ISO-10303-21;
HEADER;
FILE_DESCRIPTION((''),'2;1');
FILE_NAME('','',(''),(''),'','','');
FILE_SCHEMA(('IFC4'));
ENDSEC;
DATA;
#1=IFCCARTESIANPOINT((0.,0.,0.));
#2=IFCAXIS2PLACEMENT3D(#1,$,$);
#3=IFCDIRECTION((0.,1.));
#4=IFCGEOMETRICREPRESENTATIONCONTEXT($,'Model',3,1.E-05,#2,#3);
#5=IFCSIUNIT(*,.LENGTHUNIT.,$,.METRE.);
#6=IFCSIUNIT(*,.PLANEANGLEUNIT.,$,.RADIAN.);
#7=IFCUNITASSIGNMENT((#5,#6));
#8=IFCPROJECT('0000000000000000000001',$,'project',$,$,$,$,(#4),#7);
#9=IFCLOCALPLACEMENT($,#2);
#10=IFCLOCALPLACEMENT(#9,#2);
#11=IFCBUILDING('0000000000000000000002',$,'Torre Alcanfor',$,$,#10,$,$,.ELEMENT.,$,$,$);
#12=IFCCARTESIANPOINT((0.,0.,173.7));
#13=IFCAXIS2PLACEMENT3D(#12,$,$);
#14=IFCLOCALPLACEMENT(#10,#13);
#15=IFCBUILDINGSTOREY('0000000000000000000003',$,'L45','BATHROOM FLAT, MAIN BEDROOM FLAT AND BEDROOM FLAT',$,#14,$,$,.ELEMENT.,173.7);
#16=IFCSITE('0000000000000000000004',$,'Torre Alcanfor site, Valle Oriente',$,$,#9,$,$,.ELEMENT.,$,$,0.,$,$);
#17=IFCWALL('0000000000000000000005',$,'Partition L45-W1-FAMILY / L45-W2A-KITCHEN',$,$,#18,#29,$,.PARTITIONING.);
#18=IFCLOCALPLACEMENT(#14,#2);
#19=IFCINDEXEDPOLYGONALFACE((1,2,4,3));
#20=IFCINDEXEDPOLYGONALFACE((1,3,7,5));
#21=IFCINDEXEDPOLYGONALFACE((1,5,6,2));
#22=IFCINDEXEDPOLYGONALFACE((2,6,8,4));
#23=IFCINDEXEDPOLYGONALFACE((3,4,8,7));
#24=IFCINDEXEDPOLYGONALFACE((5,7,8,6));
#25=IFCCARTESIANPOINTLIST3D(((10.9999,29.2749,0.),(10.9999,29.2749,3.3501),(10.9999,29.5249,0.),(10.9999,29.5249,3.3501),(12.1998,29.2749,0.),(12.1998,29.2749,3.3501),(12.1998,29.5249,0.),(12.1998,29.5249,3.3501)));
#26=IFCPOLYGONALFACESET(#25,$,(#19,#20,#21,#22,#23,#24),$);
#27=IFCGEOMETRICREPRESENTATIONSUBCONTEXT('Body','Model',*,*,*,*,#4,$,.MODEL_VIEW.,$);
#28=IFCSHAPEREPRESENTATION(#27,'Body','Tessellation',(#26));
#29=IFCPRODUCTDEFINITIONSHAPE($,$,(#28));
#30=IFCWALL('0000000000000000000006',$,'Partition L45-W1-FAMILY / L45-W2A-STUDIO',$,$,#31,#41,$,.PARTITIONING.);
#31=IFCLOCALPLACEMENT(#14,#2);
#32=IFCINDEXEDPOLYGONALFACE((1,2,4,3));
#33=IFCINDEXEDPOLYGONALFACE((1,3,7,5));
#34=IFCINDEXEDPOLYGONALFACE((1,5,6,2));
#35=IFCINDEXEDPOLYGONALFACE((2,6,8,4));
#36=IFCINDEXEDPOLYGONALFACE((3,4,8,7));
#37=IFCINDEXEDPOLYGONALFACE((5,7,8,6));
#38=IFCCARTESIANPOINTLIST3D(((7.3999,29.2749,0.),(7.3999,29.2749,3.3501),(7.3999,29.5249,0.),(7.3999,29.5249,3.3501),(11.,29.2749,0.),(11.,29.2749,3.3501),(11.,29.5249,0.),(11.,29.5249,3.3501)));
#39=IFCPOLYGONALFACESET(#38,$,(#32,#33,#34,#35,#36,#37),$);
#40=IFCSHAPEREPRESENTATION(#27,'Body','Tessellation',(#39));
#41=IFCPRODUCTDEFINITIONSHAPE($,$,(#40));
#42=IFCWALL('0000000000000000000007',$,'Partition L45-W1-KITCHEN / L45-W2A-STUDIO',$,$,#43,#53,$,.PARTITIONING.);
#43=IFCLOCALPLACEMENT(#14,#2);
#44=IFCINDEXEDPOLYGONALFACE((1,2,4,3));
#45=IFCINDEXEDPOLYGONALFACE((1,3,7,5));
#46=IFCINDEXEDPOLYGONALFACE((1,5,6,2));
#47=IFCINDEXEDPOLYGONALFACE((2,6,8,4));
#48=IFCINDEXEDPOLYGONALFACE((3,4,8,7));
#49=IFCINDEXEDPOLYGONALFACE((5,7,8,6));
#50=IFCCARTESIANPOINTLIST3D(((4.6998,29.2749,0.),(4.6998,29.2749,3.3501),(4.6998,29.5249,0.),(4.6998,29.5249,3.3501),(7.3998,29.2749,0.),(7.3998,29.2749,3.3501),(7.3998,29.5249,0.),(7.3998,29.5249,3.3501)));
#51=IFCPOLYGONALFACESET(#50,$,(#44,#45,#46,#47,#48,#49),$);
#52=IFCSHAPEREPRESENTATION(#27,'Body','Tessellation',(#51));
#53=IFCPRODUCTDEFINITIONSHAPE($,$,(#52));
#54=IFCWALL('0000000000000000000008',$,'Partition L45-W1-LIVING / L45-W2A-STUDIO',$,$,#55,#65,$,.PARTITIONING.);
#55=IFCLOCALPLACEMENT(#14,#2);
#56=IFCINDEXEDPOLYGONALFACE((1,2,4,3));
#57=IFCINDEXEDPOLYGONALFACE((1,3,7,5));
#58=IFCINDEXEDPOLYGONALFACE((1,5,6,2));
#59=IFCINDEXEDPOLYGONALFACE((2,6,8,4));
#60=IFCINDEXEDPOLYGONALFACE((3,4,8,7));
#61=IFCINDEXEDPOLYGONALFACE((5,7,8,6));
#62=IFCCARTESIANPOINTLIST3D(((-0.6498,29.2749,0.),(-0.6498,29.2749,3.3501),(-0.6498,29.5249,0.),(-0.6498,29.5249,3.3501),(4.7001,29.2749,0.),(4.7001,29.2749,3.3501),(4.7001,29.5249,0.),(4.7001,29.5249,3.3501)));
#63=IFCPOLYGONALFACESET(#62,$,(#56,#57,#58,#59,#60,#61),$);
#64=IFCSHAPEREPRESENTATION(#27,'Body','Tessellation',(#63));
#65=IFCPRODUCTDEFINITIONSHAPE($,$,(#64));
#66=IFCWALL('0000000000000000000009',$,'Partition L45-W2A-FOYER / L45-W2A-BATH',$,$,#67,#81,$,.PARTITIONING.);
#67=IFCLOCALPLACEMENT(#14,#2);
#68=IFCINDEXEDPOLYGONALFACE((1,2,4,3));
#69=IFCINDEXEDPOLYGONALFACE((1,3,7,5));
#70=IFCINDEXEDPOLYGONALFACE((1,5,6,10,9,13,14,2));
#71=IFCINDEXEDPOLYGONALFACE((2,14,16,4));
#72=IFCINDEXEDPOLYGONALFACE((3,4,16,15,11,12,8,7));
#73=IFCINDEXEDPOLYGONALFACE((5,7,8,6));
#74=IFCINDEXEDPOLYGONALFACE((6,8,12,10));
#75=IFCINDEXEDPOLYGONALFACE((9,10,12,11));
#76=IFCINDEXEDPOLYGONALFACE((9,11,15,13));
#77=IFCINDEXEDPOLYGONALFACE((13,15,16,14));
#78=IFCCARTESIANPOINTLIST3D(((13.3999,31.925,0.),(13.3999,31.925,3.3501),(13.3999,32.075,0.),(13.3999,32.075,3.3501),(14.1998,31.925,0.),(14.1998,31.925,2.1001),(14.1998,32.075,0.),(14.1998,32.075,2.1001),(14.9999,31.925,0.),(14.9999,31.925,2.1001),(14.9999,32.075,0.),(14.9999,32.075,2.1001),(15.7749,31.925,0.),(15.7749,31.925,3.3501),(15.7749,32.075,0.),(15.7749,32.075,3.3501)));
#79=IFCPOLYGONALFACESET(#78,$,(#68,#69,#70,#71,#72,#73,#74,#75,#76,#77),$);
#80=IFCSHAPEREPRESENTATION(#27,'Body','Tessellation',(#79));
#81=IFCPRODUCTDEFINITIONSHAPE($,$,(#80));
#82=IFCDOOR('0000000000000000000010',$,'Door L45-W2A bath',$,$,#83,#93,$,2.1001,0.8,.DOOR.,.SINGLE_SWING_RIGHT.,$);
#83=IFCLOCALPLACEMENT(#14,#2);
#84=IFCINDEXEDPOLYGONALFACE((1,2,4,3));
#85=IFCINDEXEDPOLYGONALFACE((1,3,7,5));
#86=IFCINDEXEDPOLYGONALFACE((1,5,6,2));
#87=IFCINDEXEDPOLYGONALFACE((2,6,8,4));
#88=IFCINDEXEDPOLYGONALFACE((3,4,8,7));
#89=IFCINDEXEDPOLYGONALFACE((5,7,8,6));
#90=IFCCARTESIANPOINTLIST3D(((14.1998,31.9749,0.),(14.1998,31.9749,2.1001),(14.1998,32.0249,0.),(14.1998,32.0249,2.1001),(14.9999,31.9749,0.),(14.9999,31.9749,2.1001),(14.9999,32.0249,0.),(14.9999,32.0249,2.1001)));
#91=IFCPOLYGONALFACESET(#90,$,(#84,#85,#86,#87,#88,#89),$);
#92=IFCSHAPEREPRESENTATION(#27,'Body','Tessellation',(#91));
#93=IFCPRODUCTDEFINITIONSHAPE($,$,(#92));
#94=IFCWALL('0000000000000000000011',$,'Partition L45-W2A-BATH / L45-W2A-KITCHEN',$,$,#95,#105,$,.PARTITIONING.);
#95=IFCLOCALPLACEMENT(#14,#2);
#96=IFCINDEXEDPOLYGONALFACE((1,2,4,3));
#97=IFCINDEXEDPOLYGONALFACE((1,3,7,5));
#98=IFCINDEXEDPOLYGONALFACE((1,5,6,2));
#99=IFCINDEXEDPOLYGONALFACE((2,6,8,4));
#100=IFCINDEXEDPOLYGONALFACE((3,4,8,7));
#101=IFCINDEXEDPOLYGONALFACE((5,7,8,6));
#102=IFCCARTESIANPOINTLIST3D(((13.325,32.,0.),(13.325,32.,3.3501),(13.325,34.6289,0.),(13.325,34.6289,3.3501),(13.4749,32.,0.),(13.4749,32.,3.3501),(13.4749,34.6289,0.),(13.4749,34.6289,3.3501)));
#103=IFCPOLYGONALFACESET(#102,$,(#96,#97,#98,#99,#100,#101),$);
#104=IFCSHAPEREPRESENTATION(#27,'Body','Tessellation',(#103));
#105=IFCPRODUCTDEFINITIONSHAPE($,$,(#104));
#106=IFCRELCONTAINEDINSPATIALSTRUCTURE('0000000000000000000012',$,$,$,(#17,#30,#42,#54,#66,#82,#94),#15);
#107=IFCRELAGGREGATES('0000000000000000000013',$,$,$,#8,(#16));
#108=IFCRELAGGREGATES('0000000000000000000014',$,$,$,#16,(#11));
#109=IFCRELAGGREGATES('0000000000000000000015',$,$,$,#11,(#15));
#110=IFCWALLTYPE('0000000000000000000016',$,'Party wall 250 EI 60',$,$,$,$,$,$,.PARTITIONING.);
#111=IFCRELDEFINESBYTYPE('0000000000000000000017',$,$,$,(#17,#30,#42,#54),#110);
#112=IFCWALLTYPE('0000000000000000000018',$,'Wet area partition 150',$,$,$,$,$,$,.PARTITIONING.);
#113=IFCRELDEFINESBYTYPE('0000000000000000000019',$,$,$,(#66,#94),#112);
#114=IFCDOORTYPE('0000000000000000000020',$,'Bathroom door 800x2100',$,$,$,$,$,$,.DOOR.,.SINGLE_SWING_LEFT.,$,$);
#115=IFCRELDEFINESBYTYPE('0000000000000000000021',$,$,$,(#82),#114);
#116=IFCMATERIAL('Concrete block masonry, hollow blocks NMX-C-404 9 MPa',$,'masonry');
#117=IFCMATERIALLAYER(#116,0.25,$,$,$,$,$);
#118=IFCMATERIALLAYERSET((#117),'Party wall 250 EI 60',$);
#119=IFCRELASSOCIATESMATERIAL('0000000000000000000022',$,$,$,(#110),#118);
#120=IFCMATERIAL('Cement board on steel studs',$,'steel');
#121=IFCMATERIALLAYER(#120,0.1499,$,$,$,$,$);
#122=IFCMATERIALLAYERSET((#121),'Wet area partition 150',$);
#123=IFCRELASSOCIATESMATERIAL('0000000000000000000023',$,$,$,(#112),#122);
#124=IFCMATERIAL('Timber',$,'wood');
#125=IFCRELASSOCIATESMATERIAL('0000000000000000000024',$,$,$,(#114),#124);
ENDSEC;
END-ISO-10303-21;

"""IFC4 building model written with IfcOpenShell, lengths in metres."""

from ifc_helpers import new_model, si_unit, direction, frame, frame_2d, origin, place, context, subcontext, project, spatial, rectangle, extrude, material, layer, layer_set, type_object, element, fill, save


model = new_model("IFC4")

# Units and contexts
model_context = context("Model", 3, precision=1e-05, world=origin(), true_north=direction((0.0, 1.0)))
body_context = subcontext(model_context, "Body", "Model", "MODEL_VIEW")
ifc_project = project(units=[si_unit("LENGTHUNIT", "METRE"), si_unit("PLANEANGLEUNIT", "RADIAN")], contexts=[model_context])

# Site, building, storey
site_placement = place(None, origin())
site = spatial("IfcSite", under=ifc_project, at=site_placement, Name="Torre Alcanfor site, Valle Oriente", CompositionType="ELEMENT", RefElevation=0.0)
building_placement = place(site_placement, origin())
building = spatial("IfcBuilding", under=site, at=building_placement, Name="Torre Alcanfor", CompositionType="ELEMENT")
storey_placement = place(building_placement, frame((0.0, 0.0, 173.7)))
storey = spatial("IfcBuildingStorey", under=building, at=storey_placement, Name="L45", Description="BATHROOM FLAT, MAIN BEDROOM FLAT AND BEDROOM FLAT", CompositionType="ELEMENT", Elevation=173.7)

# Walls
ifc_material_1 = material(Name="Concrete block masonry, hollow blocks NMX-C-404 9 MPa", Category="masonry")
ifc_layer_1 = layer(ifc_material_1, 0.25)
ifc_layer_set_1 = layer_set([ifc_layer_1], Name="Party wall 250 EI 60")
wall_type_1 = type_object("IfcWallType", Name="Party wall 250 EI 60", PredefinedType="PARTITIONING", material=ifc_layer_set_1)
for number, where, z_axis, x_axis, name in (
    (1, (12.2, 29.3999, 0.0), (0.0, 0.0, 1.0), (-1.0, 0.0, 0.0), "Partition L45-W1-FAMILY / L45-W2A-KITCHEN"),
):
    element("IfcWall", number, at=place(storey_placement, frame(where, z_axis=z_axis, x_axis=x_axis)), inside=storey, type_object=wall_type_1, Name=name, PredefinedType="PARTITIONING", context=body_context, shape_type="SweptSolid", body=[
        extrude(rectangle(XDim=1.2, YDim=0.25, at=frame_2d((0.6001, 0.0))), origin(), (0.0, 0.0, 1.0), 3.3501),
    ])
wall_1_placement = place(storey_placement, frame((11.0, 29.3999, 0.0), z_axis=(0.0, 0.0, 1.0), x_axis=(-1.0, 0.0, 0.0)))
element("IfcWall", 2, at=wall_1_placement, inside=storey, type_object=wall_type_1, Name="Partition L45-W1-FAMILY / L45-W2A-STUDIO", PredefinedType="PARTITIONING", context=body_context, shape_type="SweptSolid", body=[
    extrude(rectangle(XDim=3.6001, YDim=0.25, at=frame_2d((1.8, 0.0))), origin(), (0.0, 0.0, 1.0), 3.3501),
])
wall_2_placement = place(storey_placement, frame((7.3999, 29.3999, 0.0), z_axis=(0.0, 0.0, 1.0), x_axis=(-1.0, 0.0, 0.0)))
element("IfcWall", 3, at=wall_2_placement, inside=storey, type_object=wall_type_1, Name="Partition L45-W1-KITCHEN / L45-W2A-STUDIO", PredefinedType="PARTITIONING", context=body_context, shape_type="SweptSolid", body=[
    extrude(rectangle(XDim=2.7, YDim=0.25, at=frame_2d((1.3501, 0.0))), origin(), (0.0, 0.0, 1.0), 3.3501),
])
wall_3_placement = place(storey_placement, frame((4.7, 29.3999, 0.0), z_axis=(0.0, 0.0, 1.0), x_axis=(-1.0, 0.0, 0.0)))
element("IfcWall", 4, at=wall_3_placement, inside=storey, type_object=wall_type_1, Name="Partition L45-W1-LIVING / L45-W2A-STUDIO", PredefinedType="PARTITIONING", context=body_context, shape_type="SweptSolid", body=[
    extrude(rectangle(XDim=5.3499, YDim=0.25, at=frame_2d((2.6748, 0.0))), origin(), (0.0, 0.0, 1.0), 3.3501),
])

# Wall, opening, door
ifc_material_2 = material(Name="Cement board on steel studs", Category="steel")
ifc_layer_2 = layer(ifc_material_2, 0.1499)
ifc_layer_set_2 = layer_set([ifc_layer_2], Name="Wet area partition 150")
wall_type_2 = type_object("IfcWallType", Name="Wet area partition 150", PredefinedType="PARTITIONING", material=ifc_layer_set_2)
wall_4_placement = place(storey_placement, frame((13.3999, 32.0, 0.0), z_axis=(0.0, 0.0, 1.0), x_axis=(1.0, 0.0, 0.0)))
wall_4 = element("IfcWall", 5, at=wall_4_placement, inside=storey, type_object=wall_type_2, Name="Partition L45-W2A-FOYER / L45-W2A-BATH", PredefinedType="PARTITIONING", context=body_context, shape_type="SweptSolid", body=[
    extrude(rectangle(XDim=2.375, YDim=0.1499, at=frame_2d((1.1875, 0.0))), origin(), (0.0, 0.0, 1.0), 3.3501),
])
opening_1_placement = place(wall_4_placement, frame((0.8, 0.0, 0.0)))
opening_1 = element("IfcOpeningElement", 6, at=opening_1_placement, cuts=wall_4, PredefinedType="OPENING", context=body_context, shape_type="SweptSolid", body=[
    extrude(rectangle(XDim=0.8, YDim=2.1001, at=frame_2d((0.3999, 1.05))), frame((0.0, 0.085, 0.0), z_axis=(0.0, -1.0, 0.0), x_axis=(1.0, 0.0, 0.0)), (0.0, 0.0, 1.0), 0.1699),
])
ifc_material_3 = material(Name="Timber", Category="wood")
door_type_1 = type_object("IfcDoorType", Name="Bathroom door 800x2100", OperationType="SINGLE_SWING_LEFT", PredefinedType="DOOR", material=ifc_material_3)
door_1_placement = place(opening_1_placement, origin())
door_1 = element("IfcDoor", 7, at=door_1_placement, inside=storey, type_object=door_type_1, Name="Door L45-W2A bath", OperationType="SINGLE_SWING_RIGHT", OverallHeight=2.1001, OverallWidth=0.8, PredefinedType="DOOR", context=body_context, shape_type="SweptSolid", body=[
    extrude(rectangle(XDim=0.8, YDim=2.1001, at=frame_2d((0.3999, 1.05))), frame((0.0, 0.0249, 0.0), z_axis=(0.0, -1.0, 0.0), x_axis=(1.0, 0.0, 0.0)), (0.0, 0.0, 1.0), 0.05),
])
fill(opening_1, door_1)

# Wall
wall_5_placement = place(storey_placement, frame((13.3999, 32.0, 0.0), z_axis=(0.0, 0.0, 1.0), x_axis=(0.0, 1.0, 0.0)))
element("IfcWall", 8, at=wall_5_placement, inside=storey, type_object=wall_type_2, Name="Partition L45-W2A-BATH / L45-W2A-KITCHEN", PredefinedType="PARTITIONING", context=body_context, shape_type="SweptSolid", body=[
    extrude(rectangle(XDim=2.6289, YDim=0.1499, at=frame_2d((1.3145, 0.0))), origin(), (0.0, 0.0, 1.0), 3.3501),
])

save(model, "model.ifc")
